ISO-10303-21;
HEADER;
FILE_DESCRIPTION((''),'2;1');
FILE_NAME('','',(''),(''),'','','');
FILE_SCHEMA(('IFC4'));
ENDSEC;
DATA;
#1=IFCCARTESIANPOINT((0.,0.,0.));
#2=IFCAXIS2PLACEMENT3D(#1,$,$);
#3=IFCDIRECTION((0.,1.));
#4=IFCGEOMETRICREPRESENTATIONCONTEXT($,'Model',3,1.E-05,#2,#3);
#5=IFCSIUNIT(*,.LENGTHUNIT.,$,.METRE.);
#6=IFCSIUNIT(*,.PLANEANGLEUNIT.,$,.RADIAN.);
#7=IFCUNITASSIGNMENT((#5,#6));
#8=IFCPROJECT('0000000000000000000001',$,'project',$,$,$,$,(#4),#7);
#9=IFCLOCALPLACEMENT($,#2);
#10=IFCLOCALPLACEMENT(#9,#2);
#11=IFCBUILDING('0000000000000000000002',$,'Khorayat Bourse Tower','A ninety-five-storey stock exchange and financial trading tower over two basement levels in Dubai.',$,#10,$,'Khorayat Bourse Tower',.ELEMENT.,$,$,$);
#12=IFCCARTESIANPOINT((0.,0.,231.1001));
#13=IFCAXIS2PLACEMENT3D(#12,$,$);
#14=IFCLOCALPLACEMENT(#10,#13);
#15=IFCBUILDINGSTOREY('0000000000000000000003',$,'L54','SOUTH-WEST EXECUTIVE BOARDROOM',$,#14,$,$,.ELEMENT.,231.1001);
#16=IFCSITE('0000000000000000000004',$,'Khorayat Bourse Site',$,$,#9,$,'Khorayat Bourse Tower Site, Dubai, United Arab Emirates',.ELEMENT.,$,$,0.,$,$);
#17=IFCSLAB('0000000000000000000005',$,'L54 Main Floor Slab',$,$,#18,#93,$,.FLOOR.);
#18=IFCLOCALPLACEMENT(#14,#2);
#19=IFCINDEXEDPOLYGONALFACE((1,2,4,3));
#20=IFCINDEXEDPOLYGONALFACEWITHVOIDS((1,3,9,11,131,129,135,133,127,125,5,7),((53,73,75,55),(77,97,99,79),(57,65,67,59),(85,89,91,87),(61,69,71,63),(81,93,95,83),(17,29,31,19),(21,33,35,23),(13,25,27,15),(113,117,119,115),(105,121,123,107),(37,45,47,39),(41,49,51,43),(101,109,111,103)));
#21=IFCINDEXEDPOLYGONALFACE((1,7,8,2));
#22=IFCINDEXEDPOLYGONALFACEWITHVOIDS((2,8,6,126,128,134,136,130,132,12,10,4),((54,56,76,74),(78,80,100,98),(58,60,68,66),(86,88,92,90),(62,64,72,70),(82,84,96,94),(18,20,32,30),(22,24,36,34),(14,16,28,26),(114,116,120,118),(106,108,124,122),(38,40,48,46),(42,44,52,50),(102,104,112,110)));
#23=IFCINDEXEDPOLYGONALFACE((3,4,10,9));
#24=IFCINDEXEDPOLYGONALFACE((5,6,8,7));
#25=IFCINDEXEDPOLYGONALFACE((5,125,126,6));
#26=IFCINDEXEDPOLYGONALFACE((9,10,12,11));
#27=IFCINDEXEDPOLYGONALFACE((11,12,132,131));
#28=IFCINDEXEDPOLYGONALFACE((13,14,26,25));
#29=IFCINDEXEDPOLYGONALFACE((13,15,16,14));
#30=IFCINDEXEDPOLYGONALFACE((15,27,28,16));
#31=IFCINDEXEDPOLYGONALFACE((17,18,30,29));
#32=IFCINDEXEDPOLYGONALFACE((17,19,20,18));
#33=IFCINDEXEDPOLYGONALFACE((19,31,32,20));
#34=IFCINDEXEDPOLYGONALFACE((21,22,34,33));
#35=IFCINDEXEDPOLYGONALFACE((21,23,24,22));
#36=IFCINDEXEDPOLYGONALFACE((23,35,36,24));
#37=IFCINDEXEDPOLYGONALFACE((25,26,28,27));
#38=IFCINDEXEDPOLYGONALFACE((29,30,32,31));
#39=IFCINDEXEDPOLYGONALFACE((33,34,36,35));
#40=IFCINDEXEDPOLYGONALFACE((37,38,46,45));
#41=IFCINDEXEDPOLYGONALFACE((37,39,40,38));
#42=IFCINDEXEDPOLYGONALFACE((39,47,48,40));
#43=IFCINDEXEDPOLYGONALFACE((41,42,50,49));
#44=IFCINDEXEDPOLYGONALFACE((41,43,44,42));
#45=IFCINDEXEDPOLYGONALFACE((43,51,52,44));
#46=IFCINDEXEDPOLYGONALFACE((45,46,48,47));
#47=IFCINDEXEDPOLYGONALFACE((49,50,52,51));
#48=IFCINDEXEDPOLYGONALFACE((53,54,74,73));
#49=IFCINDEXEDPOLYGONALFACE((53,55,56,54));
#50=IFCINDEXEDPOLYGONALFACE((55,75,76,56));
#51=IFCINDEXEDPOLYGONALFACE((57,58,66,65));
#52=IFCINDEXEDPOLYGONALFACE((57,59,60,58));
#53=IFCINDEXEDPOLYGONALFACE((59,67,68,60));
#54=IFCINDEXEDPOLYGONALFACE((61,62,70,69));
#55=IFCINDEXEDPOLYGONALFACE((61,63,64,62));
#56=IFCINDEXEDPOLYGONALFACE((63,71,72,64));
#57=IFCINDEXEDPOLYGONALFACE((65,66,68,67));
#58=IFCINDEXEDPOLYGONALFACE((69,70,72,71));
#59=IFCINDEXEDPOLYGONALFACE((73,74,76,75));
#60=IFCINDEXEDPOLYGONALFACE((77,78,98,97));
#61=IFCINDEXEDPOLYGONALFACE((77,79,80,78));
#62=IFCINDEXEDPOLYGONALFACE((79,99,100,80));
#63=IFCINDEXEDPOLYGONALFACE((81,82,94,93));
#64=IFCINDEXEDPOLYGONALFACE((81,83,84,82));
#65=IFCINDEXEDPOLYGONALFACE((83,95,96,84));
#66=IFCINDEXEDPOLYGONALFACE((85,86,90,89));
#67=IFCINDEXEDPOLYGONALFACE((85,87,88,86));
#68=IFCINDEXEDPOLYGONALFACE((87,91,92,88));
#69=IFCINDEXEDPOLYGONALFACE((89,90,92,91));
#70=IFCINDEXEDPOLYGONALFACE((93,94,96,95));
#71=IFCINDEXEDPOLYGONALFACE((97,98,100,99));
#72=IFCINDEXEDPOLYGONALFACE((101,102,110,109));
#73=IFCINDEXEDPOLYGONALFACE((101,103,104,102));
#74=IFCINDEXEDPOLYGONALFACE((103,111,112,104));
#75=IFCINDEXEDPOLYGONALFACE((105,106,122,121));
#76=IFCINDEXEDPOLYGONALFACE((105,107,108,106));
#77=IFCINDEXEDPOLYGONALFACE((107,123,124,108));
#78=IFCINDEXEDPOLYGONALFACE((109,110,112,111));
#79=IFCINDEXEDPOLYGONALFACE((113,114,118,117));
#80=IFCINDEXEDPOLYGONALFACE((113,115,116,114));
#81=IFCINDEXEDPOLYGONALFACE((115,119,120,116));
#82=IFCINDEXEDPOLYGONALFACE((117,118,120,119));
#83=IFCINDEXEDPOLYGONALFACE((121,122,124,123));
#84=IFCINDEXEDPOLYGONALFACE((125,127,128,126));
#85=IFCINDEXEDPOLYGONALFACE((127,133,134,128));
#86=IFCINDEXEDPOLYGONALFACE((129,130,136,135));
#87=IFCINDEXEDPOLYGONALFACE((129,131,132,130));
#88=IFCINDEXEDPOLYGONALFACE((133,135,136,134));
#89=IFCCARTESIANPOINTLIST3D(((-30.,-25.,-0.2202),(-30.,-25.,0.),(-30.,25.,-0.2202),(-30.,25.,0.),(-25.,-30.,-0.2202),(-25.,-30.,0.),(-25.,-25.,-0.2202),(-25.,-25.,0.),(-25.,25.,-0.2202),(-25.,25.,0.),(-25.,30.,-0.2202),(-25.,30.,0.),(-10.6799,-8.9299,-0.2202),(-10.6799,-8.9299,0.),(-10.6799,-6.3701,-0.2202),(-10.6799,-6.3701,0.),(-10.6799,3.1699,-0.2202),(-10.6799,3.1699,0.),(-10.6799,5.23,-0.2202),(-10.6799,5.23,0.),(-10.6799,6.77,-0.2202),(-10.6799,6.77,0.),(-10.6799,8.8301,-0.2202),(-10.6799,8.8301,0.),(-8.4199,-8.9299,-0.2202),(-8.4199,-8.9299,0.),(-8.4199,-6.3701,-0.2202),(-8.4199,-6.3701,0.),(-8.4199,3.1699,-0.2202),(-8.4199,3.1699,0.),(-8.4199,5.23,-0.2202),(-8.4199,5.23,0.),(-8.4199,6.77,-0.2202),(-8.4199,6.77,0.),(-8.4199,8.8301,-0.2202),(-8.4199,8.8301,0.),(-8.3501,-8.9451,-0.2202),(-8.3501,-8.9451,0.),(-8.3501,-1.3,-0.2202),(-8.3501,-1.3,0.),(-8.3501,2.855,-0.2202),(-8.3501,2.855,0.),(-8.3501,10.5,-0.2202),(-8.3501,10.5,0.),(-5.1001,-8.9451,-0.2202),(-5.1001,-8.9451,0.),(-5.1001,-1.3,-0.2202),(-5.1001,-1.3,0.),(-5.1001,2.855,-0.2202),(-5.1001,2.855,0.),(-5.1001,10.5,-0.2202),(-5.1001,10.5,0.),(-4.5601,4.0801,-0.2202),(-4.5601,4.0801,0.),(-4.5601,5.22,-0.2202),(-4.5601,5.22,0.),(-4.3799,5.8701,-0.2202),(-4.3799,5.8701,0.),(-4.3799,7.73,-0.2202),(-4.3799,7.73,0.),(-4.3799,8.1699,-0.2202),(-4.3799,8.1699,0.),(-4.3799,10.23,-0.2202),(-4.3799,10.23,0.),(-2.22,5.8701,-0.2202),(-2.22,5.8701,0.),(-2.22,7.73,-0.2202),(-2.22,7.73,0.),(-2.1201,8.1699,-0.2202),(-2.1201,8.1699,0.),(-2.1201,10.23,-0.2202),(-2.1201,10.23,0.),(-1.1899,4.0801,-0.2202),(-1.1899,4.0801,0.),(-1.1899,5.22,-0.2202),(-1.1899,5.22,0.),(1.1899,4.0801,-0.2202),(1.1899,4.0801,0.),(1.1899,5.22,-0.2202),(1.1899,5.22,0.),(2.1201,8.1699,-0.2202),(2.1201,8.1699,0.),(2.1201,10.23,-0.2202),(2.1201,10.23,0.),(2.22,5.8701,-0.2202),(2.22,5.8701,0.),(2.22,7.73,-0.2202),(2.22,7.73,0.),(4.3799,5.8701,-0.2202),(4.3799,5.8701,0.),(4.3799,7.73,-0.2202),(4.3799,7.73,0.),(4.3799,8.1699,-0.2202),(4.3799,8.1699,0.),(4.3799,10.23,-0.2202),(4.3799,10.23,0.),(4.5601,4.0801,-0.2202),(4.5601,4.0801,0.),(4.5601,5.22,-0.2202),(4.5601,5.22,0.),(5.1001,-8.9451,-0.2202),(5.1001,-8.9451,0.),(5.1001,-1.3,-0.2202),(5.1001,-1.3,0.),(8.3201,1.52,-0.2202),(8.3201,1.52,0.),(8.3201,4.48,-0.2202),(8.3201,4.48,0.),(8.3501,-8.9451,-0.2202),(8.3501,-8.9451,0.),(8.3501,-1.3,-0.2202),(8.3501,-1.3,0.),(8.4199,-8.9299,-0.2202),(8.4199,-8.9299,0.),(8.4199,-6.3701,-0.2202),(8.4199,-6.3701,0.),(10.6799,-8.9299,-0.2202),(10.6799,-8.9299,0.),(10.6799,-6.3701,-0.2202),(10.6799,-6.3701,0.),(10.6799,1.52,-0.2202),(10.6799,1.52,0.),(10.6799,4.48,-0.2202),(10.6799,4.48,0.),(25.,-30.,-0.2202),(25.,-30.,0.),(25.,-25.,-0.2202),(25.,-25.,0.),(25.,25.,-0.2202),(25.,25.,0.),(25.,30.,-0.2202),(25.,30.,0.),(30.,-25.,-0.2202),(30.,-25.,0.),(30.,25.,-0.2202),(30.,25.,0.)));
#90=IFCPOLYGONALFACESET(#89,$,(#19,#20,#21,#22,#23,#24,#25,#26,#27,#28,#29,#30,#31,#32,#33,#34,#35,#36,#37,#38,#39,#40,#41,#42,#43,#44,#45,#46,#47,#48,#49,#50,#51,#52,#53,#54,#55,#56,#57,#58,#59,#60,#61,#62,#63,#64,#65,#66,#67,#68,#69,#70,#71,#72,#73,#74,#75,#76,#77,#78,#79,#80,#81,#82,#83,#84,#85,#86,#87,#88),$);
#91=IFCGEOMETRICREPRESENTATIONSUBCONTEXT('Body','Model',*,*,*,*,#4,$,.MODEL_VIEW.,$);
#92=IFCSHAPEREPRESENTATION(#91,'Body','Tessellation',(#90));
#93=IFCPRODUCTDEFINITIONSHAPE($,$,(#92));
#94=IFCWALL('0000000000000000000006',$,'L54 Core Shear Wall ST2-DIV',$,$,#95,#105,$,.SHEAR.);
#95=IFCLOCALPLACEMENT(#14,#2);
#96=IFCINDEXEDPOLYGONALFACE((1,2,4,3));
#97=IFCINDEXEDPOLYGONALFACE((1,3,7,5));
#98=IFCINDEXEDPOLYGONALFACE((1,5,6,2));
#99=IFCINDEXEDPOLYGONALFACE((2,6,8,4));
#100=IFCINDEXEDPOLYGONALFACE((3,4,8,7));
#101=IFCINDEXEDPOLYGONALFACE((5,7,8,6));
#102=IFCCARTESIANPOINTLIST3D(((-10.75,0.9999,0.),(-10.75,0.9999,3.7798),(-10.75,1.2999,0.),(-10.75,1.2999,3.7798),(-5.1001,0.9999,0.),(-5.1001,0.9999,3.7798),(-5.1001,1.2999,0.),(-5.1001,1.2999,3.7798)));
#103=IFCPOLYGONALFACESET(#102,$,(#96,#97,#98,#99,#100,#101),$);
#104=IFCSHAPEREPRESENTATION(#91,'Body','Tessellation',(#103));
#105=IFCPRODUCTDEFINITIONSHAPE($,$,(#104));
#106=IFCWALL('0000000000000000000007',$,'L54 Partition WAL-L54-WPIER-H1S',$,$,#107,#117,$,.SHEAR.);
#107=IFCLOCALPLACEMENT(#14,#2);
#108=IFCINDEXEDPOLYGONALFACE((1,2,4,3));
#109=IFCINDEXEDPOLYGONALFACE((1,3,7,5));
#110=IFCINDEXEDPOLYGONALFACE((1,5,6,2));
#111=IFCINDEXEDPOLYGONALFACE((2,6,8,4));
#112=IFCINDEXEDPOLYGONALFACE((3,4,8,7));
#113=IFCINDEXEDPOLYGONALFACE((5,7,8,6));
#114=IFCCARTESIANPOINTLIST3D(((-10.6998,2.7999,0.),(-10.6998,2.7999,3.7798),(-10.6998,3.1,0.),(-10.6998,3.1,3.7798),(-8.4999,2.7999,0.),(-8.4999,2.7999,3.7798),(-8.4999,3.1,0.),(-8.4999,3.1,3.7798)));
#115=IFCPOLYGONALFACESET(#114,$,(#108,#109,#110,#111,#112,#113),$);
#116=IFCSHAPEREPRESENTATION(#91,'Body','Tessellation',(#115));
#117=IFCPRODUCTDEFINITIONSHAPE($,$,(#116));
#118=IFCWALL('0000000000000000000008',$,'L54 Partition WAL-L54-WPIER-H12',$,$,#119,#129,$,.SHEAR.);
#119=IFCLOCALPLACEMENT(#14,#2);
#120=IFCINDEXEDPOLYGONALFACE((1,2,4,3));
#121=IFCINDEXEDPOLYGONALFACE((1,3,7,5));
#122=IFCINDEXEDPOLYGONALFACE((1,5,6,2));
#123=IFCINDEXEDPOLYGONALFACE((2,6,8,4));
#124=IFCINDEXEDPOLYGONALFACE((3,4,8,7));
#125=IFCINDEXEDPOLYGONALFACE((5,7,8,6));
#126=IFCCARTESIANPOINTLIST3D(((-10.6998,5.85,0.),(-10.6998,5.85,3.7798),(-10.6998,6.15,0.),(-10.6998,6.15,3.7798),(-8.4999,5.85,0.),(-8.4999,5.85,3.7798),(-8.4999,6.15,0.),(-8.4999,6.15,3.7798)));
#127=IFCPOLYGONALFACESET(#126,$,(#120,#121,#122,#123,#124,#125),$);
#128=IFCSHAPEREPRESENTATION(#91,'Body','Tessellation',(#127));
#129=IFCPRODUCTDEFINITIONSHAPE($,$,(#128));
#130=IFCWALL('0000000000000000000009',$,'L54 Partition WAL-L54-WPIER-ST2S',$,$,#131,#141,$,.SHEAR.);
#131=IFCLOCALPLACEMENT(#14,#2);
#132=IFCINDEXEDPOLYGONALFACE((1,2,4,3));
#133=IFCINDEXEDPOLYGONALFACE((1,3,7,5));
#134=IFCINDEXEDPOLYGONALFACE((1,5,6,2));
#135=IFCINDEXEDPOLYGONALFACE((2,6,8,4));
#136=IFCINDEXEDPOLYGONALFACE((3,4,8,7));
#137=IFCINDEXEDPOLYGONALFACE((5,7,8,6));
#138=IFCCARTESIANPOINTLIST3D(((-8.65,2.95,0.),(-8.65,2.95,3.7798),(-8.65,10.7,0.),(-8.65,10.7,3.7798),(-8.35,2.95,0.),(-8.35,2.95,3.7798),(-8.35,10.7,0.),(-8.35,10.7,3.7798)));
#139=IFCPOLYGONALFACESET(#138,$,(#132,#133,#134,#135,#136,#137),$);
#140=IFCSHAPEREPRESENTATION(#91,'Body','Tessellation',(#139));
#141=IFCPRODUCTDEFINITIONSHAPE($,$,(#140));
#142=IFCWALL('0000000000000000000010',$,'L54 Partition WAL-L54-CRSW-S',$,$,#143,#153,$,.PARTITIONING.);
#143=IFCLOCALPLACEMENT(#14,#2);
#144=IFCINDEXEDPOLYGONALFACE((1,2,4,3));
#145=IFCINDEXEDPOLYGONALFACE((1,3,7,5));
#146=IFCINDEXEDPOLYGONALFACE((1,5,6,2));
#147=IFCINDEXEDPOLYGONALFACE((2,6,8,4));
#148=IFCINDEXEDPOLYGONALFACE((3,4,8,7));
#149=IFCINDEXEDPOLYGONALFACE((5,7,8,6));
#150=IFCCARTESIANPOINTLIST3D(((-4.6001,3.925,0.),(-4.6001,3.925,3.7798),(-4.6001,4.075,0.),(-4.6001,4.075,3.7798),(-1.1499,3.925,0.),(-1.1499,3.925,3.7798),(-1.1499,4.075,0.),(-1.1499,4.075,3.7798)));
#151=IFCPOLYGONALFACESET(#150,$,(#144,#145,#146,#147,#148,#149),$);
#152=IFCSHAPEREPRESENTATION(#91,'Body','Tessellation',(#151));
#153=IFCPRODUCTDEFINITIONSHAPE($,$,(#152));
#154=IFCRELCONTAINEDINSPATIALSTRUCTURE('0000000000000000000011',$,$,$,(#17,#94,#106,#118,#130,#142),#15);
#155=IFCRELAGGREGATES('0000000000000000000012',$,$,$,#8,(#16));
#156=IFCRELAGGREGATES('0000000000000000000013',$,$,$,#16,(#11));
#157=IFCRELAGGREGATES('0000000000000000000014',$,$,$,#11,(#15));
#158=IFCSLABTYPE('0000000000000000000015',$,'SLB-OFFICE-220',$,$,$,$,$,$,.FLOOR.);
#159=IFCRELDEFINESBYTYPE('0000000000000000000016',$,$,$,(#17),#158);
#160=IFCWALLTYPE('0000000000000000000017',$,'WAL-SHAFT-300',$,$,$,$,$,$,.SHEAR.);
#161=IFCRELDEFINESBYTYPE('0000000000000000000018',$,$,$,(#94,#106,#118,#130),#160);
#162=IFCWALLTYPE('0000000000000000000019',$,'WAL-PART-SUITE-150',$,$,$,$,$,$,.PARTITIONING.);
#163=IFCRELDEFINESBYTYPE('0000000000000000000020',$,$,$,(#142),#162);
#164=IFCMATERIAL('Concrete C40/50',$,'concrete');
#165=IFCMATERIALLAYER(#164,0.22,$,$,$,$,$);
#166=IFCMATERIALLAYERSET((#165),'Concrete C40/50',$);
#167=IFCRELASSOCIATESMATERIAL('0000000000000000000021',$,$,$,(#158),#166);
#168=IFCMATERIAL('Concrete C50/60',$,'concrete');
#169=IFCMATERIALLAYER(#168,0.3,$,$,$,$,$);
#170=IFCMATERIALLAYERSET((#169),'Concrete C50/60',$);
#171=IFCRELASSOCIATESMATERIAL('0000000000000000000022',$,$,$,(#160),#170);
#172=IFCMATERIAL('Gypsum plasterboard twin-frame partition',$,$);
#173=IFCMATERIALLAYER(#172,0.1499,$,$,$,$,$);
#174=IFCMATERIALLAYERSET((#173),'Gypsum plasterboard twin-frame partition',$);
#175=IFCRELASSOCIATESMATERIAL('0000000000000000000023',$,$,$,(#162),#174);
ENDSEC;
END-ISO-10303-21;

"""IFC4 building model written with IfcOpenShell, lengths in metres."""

from ifc_helpers import new_model, si_unit, direction, frame, frame_2d, origin, place, context, subcontext, project, spatial, polyline, rectangle, outline, extrude, source, transform, mapped, material, layer, layer_set, type_object, element, save


model = new_model("IFC4")

# Units and contexts
model_context = context("Model", 3, precision=1e-05, world=origin(), true_north=direction((0.0, 1.0)))
body_context = subcontext(model_context, "Body", "Model", "MODEL_VIEW")
ifc_project = project(units=[si_unit("LENGTHUNIT", "METRE"), si_unit("PLANEANGLEUNIT", "RADIAN")], contexts=[model_context])

# Site, building, storey
site_placement = place(None, origin())
site = spatial("IfcSite", under=ifc_project, at=site_placement, Name="Khorayat Bourse Site", LongName="Khorayat Bourse Tower Site, Dubai, United Arab Emirates", CompositionType="ELEMENT", RefElevation=0.0)
building_placement = place(site_placement, origin())
building = spatial("IfcBuilding", under=site, at=building_placement, Name="Khorayat Bourse Tower", Description="A ninety-five-storey stock exchange and financial trading tower over two basement levels in Dubai.", LongName="Khorayat Bourse Tower", CompositionType="ELEMENT")
storey_placement = place(building_placement, frame((0.0, 0.0, 231.1001)))
storey = spatial("IfcBuildingStorey", under=building, at=storey_placement, Name="L54", Description="SOUTH-WEST EXECUTIVE BOARDROOM", CompositionType="ELEMENT", Elevation=231.1001)

# Slab
ifc_material_1 = material(Name="Concrete C40/50", Category="concrete")
ifc_layer_1 = layer(ifc_material_1, 0.22)
ifc_layer_set_1 = layer_set([ifc_layer_1], Name="Concrete C40/50")
slab_type = type_object("IfcSlabType", Name="SLB-OFFICE-220", PredefinedType="FLOOR", material=ifc_layer_set_1)
slab_placement = place(storey_placement, frame((0.0, 0.0, -0.2202)))
element("IfcSlab", 1, at=slab_placement, inside=storey, type_object=slab_type, Name="L54 Main Floor Slab", PredefinedType="FLOOR", context=body_context, shape_type="SweptSolid", body=[
    extrude(outline(polyline([(-25.0, -30.0), (25.0, -30.0), (25.0, -25.0), (30.0, -25.0), (30.0, 25.0), (25.0, 25.0), (25.0, 30.0), (-25.0, 30.0), (-25.0, 25.0), (-30.0, 25.0), (-30.0, -25.0), (-25.0, -25.0), (-25.0, -30.0)]), holes=[polyline([(-8.3501, -8.9451), (-5.1001, -8.9451), (-5.1001, -1.3), (-8.3501, -1.3), (-8.3501, -8.9451)]), polyline([(-8.3501, 2.855), (-5.1001, 2.855), (-5.1001, 10.5), (-8.3501, 10.5), (-8.3501, 2.855)]), polyline([(5.1001, -8.9451), (8.3501, -8.9451), (8.3501, -1.3), (5.1001, -1.3), (5.1001, -8.9451)]), polyline([(-4.3799, 8.1699), (-2.1201, 8.1699), (-2.1201, 10.23), (-4.3799, 10.23), (-4.3799, 8.1699)]), polyline([(2.1201, 8.1699), (4.3799, 8.1699), (4.3799, 10.23), (2.1201, 10.23), (2.1201, 8.1699)]), polyline([(-4.3799, 5.8701), (-2.22, 5.8701), (-2.22, 7.73), (-4.3799, 7.73), (-4.3799, 5.8701)]), polyline([(2.22, 5.8701), (4.3799, 5.8701), (4.3799, 7.73), (2.22, 7.73), (2.22, 5.8701)]), polyline([(-10.6799, 3.1699), (-8.4199, 3.1699), (-8.4199, 5.23), (-10.6799, 5.23), (-10.6799, 3.1699)]), polyline([(-10.6799, 6.77), (-8.4199, 6.77), (-8.4199, 8.8301), (-10.6799, 8.8301), (-10.6799, 6.77)]), polyline([(-10.6799, -8.9299), (-8.4199, -8.9299), (-8.4199, -6.3701), (-10.6799, -6.3701), (-10.6799, -8.9299)]), polyline([(8.4199, -8.9299), (10.6799, -8.9299), (10.6799, -6.3701), (8.4199, -6.3701), (8.4199, -8.9299)]), polyline([(8.3201, 1.52), (10.6799, 1.52), (10.6799, 4.48), (8.3201, 4.48), (8.3201, 1.52)]), polyline([(-4.5601, 4.0801), (-1.1899, 4.0801), (-1.1899, 5.22), (-4.5601, 5.22), (-4.5601, 4.0801)]), polyline([(1.1899, 4.0801), (4.5601, 4.0801), (4.5601, 5.22), (1.1899, 5.22), (1.1899, 4.0801)])]), origin(), (0.0, 0.0, 1.0), 0.2202),
])

# Walls
ifc_material_2 = material(Name="Concrete C50/60", Category="concrete")
ifc_layer_2 = layer(ifc_material_2, 0.3)
ifc_layer_set_2 = layer_set([ifc_layer_2], Name="Concrete C50/60")
wall_type_1 = type_object("IfcWallType", Name="WAL-SHAFT-300", PredefinedType="SHEAR", material=ifc_layer_set_2)
shared_shape_1 = source(origin(), body_context, "Body", "SweptSolid", [
    extrude(rectangle(XDim=5.6499, YDim=0.3, at=frame_2d((2.825, 0.0))), origin(), (0.0, 0.0, 1.0), 3.7798),
])
wall_1_placement = place(storey_placement, frame((-10.75, 1.1499, 0.0), z_axis=(0.0, 0.0, 1.0), x_axis=(1.0, 0.0, 0.0)))
element("IfcWall", 2, at=wall_1_placement, inside=storey, type_object=wall_type_1, Name="L54 Core Shear Wall ST2-DIV", PredefinedType="SHEAR", context=body_context, shape_type="MappedRepresentation", body=[
    mapped(shared_shape_1, transform((0.0, 0.0, 0.0), scale=1.0)),
])
shared_shape_2 = source(origin(), body_context, "Body", "SweptSolid", [
    extrude(rectangle(XDim=2.2, YDim=0.3, at=frame_2d((1.1001, 0.0))), origin(), (0.0, 0.0, 1.0), 3.7798),
])
for number, where, z_axis, x_axis, name in (
    (3, (-10.7, 2.95, 0.0), (0.0, 0.0, 1.0), (1.0, 0.0, 0.0), "L54 Partition WAL-L54-WPIER-H1S"),
    (4, (-10.7, 6.0, 0.0), (0.0, 0.0, 1.0), (1.0, 0.0, 0.0), "L54 Partition WAL-L54-WPIER-H12"),
):
    element("IfcWall", number, at=place(storey_placement, frame(where, z_axis=z_axis, x_axis=x_axis)), inside=storey, type_object=wall_type_1, Name=name, PredefinedType="SHEAR", context=body_context, shape_type="MappedRepresentation", body=[
        mapped(shared_shape_2, transform((0.0, 0.0, 0.0), scale=1.0)),
    ])
shared_shape_3 = source(origin(), body_context, "Body", "SweptSolid", [
    extrude(rectangle(XDim=7.75, YDim=0.3, at=frame_2d((3.875, 0.0))), origin(), (0.0, 0.0, 1.0), 3.7798),
])
wall_2_placement = place(storey_placement, frame((-8.5, 2.95, 0.0), z_axis=(0.0, 0.0, 1.0), x_axis=(0.0, 1.0, 0.0)))
element("IfcWall", 5, at=wall_2_placement, inside=storey, type_object=wall_type_1, Name="L54 Partition WAL-L54-WPIER-ST2S", PredefinedType="SHEAR", context=body_context, shape_type="MappedRepresentation", body=[
    mapped(shared_shape_3, transform((0.0, 0.0, 0.0), scale=1.0)),
])
ifc_material_3 = material(Name="Gypsum plasterboard twin-frame partition")
ifc_layer_3 = layer(ifc_material_3, 0.1499)
ifc_layer_set_3 = layer_set([ifc_layer_3], Name="Gypsum plasterboard twin-frame partition")
wall_type_2 = type_object("IfcWallType", Name="WAL-PART-SUITE-150", PredefinedType="PARTITIONING", material=ifc_layer_set_3)
shared_shape_4 = source(origin(), body_context, "Body", "SweptSolid", [
    extrude(rectangle(XDim=3.4502, YDim=0.1499, at=frame_2d((1.7251, 0.0))), origin(), (0.0, 0.0, 1.0), 3.7798),
])
wall_3_placement = place(storey_placement, frame((-4.6001, 4.0, 0.0), z_axis=(0.0, 0.0, 1.0), x_axis=(1.0, 0.0, 0.0)))
element("IfcWall", 6, at=wall_3_placement, inside=storey, type_object=wall_type_2, Name="L54 Partition WAL-L54-CRSW-S", PredefinedType="PARTITIONING", context=body_context, shape_type="MappedRepresentation", body=[
    mapped(shared_shape_4, transform((0.0, 0.0, 0.0), scale=1.0)),
])

save(model, "model.ifc")
